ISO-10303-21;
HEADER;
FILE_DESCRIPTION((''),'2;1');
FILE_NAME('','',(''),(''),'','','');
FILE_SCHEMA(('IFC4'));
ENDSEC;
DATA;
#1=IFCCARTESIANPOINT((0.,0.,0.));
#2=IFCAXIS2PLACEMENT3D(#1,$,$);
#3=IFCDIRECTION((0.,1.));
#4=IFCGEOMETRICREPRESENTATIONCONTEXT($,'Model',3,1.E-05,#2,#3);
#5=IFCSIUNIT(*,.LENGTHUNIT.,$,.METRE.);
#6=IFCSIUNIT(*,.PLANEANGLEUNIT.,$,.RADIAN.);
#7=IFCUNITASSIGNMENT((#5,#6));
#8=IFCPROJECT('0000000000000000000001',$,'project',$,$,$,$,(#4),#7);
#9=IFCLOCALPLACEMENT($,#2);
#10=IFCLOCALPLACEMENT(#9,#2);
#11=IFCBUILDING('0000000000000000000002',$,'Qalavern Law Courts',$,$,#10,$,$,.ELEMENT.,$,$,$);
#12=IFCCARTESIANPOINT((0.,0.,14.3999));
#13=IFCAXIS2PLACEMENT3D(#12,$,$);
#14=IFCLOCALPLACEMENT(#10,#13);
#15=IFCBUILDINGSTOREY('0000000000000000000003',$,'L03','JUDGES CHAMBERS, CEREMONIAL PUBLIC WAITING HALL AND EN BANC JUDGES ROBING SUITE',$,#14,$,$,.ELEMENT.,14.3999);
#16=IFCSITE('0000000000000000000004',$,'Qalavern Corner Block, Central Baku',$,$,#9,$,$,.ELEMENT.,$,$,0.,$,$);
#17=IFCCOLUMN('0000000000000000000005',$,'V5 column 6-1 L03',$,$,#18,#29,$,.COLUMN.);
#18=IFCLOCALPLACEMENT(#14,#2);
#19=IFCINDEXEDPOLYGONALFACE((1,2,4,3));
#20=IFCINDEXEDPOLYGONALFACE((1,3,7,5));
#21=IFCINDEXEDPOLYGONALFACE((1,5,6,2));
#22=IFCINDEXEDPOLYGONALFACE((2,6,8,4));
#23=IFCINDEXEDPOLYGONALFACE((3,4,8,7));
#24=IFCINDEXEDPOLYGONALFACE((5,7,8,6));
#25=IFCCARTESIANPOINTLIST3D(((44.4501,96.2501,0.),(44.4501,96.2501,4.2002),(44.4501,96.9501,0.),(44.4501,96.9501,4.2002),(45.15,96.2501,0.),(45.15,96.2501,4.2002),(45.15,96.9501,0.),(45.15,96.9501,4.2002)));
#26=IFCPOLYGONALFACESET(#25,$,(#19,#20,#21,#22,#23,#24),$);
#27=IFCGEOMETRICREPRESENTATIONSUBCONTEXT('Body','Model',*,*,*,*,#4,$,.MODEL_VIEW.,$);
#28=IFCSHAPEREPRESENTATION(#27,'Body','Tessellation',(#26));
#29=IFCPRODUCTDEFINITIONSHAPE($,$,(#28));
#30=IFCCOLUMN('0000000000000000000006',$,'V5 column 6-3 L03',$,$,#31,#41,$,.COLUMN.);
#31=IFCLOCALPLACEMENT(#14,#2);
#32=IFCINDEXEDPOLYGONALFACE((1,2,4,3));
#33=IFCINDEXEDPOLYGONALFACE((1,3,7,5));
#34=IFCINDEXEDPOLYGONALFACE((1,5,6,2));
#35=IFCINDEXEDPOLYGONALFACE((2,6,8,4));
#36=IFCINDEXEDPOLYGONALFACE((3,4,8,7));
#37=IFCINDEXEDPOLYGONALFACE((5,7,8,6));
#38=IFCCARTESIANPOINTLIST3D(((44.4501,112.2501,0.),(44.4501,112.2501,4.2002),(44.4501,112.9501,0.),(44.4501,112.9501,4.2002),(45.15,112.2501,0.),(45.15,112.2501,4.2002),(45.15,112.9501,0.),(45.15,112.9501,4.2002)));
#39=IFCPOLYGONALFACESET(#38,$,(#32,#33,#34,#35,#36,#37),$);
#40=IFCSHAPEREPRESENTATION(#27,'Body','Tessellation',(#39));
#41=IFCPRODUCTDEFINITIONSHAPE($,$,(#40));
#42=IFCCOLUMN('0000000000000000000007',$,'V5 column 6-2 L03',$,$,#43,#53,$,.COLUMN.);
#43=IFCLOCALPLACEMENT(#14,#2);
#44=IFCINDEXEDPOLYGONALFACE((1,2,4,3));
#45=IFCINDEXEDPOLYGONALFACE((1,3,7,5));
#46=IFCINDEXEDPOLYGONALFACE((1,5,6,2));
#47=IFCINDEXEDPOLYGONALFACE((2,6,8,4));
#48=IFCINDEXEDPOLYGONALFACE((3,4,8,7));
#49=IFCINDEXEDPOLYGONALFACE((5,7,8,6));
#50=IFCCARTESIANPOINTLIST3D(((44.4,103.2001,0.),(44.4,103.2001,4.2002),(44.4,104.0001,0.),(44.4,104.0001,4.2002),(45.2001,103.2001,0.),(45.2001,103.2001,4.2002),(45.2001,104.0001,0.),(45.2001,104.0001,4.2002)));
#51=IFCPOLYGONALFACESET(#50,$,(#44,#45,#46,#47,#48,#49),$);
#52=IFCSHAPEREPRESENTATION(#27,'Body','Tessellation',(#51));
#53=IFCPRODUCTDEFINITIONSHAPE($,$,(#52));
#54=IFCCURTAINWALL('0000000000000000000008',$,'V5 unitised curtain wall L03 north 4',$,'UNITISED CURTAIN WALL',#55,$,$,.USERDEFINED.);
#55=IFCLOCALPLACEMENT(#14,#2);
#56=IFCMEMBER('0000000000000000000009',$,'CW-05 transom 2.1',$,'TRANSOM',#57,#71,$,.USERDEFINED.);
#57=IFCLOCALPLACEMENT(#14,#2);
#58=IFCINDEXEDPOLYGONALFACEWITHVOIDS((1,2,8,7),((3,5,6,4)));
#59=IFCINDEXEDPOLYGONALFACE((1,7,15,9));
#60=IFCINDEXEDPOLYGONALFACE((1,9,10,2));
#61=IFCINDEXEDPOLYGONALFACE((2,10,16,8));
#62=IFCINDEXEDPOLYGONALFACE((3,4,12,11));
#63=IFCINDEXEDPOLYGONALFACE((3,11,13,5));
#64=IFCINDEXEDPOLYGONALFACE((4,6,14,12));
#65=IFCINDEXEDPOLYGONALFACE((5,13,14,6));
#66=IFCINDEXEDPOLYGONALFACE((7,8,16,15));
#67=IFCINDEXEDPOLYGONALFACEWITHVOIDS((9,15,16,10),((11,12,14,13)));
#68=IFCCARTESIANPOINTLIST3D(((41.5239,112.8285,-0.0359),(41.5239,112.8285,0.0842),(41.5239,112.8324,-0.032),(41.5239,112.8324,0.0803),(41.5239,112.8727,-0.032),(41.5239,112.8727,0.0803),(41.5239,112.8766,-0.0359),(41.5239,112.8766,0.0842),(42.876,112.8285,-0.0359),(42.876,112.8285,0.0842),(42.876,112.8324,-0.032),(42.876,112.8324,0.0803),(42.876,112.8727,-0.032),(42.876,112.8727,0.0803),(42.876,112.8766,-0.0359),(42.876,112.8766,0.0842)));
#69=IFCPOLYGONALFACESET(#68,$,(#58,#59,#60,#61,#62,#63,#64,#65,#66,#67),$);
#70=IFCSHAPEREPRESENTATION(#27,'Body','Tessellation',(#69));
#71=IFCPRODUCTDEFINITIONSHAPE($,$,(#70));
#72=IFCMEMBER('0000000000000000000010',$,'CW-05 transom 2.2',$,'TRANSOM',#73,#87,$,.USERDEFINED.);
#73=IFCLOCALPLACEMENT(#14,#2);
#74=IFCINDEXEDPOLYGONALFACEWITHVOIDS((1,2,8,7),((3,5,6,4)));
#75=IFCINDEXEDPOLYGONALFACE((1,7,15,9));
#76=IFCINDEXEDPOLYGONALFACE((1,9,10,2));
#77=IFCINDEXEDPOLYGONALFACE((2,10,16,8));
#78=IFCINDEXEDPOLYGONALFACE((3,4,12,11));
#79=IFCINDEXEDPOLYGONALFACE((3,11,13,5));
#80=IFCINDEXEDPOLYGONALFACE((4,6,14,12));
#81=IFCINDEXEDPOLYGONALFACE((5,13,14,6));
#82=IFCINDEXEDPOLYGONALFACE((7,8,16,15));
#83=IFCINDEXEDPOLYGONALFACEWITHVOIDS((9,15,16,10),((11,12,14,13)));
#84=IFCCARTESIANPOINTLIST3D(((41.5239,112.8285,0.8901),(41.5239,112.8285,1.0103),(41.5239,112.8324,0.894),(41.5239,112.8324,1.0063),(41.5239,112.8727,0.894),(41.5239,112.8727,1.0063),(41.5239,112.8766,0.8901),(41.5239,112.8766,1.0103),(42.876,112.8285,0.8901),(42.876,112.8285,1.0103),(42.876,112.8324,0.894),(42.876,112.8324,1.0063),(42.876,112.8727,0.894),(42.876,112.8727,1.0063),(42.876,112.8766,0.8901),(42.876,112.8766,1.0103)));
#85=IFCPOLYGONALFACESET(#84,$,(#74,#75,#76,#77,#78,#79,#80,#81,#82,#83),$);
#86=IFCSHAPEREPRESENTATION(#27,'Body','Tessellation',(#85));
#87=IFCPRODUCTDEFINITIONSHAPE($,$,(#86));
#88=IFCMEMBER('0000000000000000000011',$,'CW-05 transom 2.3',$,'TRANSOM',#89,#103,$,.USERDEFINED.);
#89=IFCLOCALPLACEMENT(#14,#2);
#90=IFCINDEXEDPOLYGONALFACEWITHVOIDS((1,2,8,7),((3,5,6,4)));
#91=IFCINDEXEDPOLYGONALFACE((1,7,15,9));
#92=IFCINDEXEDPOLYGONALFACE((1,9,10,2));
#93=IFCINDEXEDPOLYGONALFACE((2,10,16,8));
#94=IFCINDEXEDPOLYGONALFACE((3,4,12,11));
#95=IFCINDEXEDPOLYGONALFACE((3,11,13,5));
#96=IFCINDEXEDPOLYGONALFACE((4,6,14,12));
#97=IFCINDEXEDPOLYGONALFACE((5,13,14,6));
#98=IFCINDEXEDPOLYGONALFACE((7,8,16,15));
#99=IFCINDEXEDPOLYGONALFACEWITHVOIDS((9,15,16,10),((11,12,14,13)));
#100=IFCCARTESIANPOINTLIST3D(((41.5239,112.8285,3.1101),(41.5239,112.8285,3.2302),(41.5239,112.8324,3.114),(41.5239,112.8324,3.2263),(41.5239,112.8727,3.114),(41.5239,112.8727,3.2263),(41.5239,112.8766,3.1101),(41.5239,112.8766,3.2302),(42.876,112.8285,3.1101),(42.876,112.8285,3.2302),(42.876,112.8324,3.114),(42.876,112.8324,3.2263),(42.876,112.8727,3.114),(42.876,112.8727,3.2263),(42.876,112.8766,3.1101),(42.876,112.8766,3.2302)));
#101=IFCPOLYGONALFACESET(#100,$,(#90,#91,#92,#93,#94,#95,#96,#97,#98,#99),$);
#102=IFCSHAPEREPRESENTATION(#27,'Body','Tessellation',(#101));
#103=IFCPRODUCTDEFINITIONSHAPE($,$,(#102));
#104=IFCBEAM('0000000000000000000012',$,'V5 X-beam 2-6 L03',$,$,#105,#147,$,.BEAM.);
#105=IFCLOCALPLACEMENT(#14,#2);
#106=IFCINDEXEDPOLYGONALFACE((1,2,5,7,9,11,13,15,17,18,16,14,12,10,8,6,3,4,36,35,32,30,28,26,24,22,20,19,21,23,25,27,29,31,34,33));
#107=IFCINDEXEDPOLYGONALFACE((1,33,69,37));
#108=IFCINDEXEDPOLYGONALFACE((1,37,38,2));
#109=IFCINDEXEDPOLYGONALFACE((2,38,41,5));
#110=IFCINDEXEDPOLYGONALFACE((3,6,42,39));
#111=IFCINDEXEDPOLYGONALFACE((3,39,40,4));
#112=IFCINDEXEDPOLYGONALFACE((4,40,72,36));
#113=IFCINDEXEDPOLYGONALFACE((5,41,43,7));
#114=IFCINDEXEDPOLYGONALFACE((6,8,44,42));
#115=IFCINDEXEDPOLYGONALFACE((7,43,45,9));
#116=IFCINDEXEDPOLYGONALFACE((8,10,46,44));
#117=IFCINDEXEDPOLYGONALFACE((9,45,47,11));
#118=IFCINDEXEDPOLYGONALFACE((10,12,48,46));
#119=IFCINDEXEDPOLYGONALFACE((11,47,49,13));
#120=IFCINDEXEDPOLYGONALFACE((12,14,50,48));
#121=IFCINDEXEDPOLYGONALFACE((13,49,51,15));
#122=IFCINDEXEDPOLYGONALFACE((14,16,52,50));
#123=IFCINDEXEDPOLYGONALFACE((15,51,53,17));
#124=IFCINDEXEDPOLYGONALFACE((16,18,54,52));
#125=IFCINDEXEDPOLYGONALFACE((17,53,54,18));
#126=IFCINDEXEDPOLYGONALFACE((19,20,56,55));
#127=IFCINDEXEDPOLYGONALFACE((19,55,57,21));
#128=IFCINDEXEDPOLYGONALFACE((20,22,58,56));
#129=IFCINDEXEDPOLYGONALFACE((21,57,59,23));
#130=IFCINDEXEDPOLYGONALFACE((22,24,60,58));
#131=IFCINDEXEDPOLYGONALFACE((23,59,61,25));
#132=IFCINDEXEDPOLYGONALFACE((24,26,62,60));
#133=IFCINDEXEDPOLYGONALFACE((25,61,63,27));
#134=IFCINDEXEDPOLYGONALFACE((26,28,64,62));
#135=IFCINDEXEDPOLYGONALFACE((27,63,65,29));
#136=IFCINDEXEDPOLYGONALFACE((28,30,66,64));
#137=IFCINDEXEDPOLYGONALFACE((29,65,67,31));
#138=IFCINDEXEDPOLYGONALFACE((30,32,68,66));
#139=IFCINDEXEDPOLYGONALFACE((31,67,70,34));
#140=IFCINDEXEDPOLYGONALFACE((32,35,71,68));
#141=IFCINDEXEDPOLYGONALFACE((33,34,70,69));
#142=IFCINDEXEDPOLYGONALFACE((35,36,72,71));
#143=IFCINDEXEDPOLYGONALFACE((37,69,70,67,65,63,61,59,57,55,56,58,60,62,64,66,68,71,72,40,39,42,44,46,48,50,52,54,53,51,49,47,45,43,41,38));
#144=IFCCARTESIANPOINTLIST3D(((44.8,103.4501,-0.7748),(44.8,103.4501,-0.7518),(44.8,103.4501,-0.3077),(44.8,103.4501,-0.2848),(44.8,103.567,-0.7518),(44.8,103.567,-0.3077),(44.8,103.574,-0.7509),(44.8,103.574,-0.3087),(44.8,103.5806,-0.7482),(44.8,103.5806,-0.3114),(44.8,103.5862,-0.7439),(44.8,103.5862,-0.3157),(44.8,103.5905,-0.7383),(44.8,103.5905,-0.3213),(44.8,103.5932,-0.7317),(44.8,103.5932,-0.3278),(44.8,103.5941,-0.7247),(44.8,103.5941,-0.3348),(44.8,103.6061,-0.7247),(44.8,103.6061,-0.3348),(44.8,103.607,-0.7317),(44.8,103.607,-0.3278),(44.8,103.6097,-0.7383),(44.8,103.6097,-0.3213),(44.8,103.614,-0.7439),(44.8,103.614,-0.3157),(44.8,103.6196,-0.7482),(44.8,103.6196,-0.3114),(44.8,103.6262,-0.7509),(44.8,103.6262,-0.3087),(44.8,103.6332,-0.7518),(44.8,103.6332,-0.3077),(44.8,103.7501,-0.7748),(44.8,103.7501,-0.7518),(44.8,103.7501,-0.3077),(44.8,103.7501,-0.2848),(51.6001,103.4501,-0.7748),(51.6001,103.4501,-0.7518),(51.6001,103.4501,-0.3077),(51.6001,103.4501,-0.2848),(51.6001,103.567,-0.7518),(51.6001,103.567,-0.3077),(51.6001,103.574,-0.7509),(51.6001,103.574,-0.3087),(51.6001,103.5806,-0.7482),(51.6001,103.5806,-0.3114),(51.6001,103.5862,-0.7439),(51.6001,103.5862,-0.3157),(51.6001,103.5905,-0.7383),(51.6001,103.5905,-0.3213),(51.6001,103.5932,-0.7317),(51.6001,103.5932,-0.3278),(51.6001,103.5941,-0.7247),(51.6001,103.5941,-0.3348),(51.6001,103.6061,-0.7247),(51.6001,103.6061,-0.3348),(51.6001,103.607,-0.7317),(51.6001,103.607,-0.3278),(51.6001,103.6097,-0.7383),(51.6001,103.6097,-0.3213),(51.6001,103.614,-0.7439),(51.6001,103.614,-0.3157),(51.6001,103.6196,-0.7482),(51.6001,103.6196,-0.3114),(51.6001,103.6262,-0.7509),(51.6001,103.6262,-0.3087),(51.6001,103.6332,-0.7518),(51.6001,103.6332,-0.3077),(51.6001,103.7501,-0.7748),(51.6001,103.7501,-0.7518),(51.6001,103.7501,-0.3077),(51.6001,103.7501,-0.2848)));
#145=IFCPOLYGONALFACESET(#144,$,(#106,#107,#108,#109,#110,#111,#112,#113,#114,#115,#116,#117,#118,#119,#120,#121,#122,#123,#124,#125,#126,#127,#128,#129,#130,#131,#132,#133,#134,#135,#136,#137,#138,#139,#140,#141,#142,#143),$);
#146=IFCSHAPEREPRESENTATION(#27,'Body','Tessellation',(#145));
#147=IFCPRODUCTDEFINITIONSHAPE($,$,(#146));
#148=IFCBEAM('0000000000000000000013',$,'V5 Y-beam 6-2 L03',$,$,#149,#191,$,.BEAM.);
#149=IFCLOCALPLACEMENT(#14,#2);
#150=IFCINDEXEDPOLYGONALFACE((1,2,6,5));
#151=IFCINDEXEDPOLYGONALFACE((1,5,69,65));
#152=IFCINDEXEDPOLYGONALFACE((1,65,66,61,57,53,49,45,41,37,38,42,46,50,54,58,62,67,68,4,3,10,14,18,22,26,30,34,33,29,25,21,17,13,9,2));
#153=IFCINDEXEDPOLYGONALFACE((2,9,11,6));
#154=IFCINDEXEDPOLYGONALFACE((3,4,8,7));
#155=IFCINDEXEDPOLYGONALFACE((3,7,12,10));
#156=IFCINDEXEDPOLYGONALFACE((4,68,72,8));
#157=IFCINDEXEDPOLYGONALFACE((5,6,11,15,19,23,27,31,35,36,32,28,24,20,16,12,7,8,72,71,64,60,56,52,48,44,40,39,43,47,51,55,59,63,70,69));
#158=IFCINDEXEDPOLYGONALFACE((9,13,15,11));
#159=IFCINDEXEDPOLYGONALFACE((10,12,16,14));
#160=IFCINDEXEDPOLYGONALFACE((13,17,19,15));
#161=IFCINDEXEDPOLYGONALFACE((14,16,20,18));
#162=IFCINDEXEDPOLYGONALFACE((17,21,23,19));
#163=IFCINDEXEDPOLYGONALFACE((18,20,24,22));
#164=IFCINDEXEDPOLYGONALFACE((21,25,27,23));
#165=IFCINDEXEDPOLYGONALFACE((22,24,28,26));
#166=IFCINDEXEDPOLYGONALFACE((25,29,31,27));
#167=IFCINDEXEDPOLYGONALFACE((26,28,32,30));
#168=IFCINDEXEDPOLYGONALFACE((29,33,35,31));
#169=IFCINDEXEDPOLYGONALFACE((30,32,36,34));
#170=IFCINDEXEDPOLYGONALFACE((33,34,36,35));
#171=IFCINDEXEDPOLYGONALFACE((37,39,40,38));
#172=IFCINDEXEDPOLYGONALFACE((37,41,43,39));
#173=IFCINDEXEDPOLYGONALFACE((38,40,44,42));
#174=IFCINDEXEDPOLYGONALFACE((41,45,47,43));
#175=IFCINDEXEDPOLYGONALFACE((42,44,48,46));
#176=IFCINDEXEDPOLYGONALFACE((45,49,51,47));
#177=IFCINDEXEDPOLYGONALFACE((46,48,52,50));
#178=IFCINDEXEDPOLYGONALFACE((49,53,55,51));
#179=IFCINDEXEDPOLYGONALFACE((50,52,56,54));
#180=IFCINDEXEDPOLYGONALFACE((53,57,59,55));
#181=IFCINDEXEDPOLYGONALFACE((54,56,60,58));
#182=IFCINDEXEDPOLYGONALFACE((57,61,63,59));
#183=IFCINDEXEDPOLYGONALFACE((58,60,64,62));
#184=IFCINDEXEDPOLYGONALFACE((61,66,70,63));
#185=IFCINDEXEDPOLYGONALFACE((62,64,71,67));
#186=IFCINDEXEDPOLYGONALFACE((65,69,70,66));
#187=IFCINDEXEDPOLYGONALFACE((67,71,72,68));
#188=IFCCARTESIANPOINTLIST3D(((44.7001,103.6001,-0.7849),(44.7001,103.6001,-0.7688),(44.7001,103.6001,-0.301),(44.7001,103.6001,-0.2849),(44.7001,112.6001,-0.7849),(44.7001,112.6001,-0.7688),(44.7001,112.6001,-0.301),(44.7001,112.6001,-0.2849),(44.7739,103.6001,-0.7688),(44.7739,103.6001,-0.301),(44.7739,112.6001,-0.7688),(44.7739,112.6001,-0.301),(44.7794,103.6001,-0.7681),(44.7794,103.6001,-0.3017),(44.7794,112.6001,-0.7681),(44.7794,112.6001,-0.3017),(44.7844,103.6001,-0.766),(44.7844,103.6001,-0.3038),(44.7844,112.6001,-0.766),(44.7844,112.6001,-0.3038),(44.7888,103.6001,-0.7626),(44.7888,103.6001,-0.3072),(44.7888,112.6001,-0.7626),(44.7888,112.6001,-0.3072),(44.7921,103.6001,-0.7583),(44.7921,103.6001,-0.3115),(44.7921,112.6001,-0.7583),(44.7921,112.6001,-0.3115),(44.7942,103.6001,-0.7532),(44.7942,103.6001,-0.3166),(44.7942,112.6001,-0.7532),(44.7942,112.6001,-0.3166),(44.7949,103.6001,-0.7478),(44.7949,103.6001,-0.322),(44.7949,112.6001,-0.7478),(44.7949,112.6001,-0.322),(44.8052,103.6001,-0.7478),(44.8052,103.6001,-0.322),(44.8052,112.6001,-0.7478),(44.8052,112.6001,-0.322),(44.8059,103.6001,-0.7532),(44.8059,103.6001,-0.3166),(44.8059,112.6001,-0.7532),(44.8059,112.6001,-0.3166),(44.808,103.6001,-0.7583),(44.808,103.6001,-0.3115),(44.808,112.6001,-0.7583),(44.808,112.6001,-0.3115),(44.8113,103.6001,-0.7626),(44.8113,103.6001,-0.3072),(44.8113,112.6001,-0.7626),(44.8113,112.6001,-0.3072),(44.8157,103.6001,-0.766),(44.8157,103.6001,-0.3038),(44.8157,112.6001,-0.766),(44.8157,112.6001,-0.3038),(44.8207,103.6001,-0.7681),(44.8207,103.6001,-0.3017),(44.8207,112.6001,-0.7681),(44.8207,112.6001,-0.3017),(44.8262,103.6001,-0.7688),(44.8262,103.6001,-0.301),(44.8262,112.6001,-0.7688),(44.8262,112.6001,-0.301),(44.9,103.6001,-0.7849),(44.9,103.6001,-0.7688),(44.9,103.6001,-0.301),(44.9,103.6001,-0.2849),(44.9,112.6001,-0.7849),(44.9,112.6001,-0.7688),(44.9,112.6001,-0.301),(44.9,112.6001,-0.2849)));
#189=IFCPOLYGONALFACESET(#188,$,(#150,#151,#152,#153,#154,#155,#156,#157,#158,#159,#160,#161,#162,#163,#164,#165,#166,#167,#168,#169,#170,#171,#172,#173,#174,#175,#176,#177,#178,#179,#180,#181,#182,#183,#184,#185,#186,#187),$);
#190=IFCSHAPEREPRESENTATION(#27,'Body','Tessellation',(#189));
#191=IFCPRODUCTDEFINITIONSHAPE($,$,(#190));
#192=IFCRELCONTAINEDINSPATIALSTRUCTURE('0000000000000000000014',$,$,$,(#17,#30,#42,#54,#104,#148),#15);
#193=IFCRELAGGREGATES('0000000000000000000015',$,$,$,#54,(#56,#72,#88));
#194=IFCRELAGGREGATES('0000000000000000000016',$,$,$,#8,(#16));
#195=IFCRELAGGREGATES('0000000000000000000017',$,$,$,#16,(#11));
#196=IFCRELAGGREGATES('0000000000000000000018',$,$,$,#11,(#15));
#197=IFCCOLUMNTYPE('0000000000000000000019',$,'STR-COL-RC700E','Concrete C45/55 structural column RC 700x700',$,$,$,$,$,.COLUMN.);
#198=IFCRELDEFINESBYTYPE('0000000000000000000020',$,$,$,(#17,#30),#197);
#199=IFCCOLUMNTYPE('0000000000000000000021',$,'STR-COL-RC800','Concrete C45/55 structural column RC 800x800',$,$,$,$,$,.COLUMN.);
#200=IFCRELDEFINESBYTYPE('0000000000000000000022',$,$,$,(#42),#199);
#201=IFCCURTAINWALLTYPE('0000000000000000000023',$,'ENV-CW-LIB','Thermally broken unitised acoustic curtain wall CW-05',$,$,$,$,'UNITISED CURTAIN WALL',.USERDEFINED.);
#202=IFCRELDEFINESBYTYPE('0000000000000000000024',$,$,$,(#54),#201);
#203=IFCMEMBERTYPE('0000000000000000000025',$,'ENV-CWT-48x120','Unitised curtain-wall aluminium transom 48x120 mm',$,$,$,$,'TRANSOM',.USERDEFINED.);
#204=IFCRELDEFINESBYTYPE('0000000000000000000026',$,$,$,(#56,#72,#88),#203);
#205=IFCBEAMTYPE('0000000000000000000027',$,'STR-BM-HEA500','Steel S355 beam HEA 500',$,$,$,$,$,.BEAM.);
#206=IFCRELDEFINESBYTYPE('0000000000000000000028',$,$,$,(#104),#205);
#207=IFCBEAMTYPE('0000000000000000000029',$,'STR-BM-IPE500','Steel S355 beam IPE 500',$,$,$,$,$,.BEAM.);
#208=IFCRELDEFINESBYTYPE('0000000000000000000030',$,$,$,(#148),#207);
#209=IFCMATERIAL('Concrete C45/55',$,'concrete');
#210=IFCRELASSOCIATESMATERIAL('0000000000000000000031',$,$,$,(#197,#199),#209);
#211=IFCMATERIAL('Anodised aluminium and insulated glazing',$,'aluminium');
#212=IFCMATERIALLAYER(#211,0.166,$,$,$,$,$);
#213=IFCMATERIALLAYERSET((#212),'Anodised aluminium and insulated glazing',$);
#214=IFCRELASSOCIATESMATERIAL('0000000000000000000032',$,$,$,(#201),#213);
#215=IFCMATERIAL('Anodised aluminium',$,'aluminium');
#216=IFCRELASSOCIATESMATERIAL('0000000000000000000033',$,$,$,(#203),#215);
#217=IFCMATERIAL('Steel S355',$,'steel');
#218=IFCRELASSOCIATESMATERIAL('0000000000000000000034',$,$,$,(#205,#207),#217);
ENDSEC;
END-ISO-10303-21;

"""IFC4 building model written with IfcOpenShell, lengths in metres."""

from ifc_helpers import new_model, si_unit, direction, frame, origin, origin_2d, place, context, subcontext, project, spatial, rectangle, hollow_rectangle, i_section, extrude, material, layer, layer_set, material_profile, profile_set, type_object, element, aggregate, save


model = new_model("IFC4")

# Units and contexts
model_context = context("Model", 3, precision=1e-05, world=origin(), true_north=direction((0.0, 1.0)))
body_context = subcontext(model_context, "Body", "Model", "MODEL_VIEW")
ifc_project = project(units=[si_unit("LENGTHUNIT", "METRE"), si_unit("PLANEANGLEUNIT", "RADIAN")], contexts=[model_context])

# Site, building, storey
site_placement = place(None, origin())
site = spatial("IfcSite", under=ifc_project, at=site_placement, Name="Qalavern Corner Block, Central Baku", CompositionType="ELEMENT", RefElevation=0.0)
building_placement = place(site_placement, origin())
building = spatial("IfcBuilding", under=site, at=building_placement, Name="Qalavern Law Courts", CompositionType="ELEMENT")
storey_placement = place(building_placement, frame((0.0, 0.0, 14.3999)))
storey = spatial("IfcBuildingStorey", under=building, at=storey_placement, Name="L03", Description="JUDGES CHAMBERS, CEREMONIAL PUBLIC WAITING HALL AND EN BANC JUDGES ROBING SUITE", CompositionType="ELEMENT", Elevation=14.3999)

# Columns
ifc_material_1 = material(Name="Concrete C45/55", Category="concrete")
ifc_material_profile_1 = material_profile(ifc_material_1, rectangle(XDim=0.7, YDim=0.7, at=origin_2d()), Name="RC 700x700")
ifc_profile_set_1 = profile_set([ifc_material_profile_1], Name="Concrete C45/55")
column_type_1 = type_object("IfcColumnType", Name="STR-COL-RC700E", Description="Concrete C45/55 structural column RC 700x700", PredefinedType="COLUMN", material=ifc_profile_set_1)
for number, where, z_axis, x_axis, name in (
    (1, (44.8, 96.6001, 0.0), (0.0, 0.0, 1.0), (1.0, 0.0, 0.0), "V5 column 6-1 L03"),
    (2, (44.8, 112.6001, 0.0), (0.0, 0.0, 1.0), (1.0, 0.0, 0.0), "V5 column 6-3 L03"),
):
    element("IfcColumn", number, at=place(storey_placement, frame(where, z_axis=z_axis, x_axis=x_axis)), inside=storey, type_object=column_type_1, Name=name, PredefinedType="COLUMN", context=body_context, shape_type="SweptSolid", body=[
        extrude(rectangle(XDim=0.7, YDim=0.7, at=origin_2d()), origin(), (0.0, 0.0, 1.0), 4.2002),
    ])
ifc_material_profile_2 = material_profile(ifc_material_1, rectangle(XDim=0.8, YDim=0.8, at=origin_2d()), Name="RC 800x800")
ifc_profile_set_2 = profile_set([ifc_material_profile_2], Name="Concrete C45/55")
column_type_2 = type_object("IfcColumnType", Name="STR-COL-RC800", Description="Concrete C45/55 structural column RC 800x800", PredefinedType="COLUMN", material=ifc_profile_set_2)
column_placement = place(storey_placement, frame((44.8, 103.6001, 0.0), z_axis=(0.0, 0.0, 1.0), x_axis=(1.0, 0.0, 0.0)))
element("IfcColumn", 3, at=column_placement, inside=storey, type_object=column_type_2, Name="V5 column 6-2 L03", PredefinedType="COLUMN", context=body_context, shape_type="SweptSolid", body=[
    extrude(rectangle(XDim=0.8, YDim=0.8, at=origin_2d()), origin(), (0.0, 0.0, 1.0), 4.2002),
])

# Curtain wall, members
ifc_material_2 = material(Name="Anodised aluminium and insulated glazing", Category="aluminium")
ifc_layer_1 = layer(ifc_material_2, 0.166)
ifc_layer_set_1 = layer_set([ifc_layer_1], Name="Anodised aluminium and insulated glazing")
curtain_wall_type = type_object("IfcCurtainWallType", Name="ENV-CW-LIB", Description="Thermally broken unitised acoustic curtain wall CW-05", ElementType="UNITISED CURTAIN WALL", PredefinedType="USERDEFINED", material=ifc_layer_set_1)
curtain_wall_placement = place(storey_placement, origin())
curtain_wall = element("IfcCurtainWall", 4, at=curtain_wall_placement, inside=storey, type_object=curtain_wall_type, Name="V5 unitised curtain wall L03 north 4", ObjectType="UNITISED CURTAIN WALL", PredefinedType="USERDEFINED")
ifc_material_3 = material(Name="Anodised aluminium", Category="aluminium")
ifc_material_profile_3 = material_profile(ifc_material_3, hollow_rectangle(XDim=0.0481, YDim=0.1201, WallThickness=0.0039, at=origin_2d()), Name="ALU TRANSOM 48x120")
ifc_profile_set_3 = profile_set([ifc_material_profile_3], Name="Anodised aluminium")
member_type = type_object("IfcMemberType", Name="ENV-CWT-48x120", Description="Unitised curtain-wall aluminium transom 48x120 mm", ElementType="TRANSOM", PredefinedType="USERDEFINED", material=ifc_profile_set_3)
member_1_placement = place(storey_placement, frame((42.876, 112.8525, 0.0242), z_axis=(-1.0, 0.0, 0.0), x_axis=(0.0, -1.0, 0.0)))
member_1 = element("IfcMember", 5, at=member_1_placement, type_object=member_type, Name="CW-05 transom 2.1", ObjectType="TRANSOM", PredefinedType="USERDEFINED", context=body_context, shape_type="SweptSolid", body=[
    extrude(hollow_rectangle(XDim=0.0481, YDim=0.1201, WallThickness=0.0039, at=origin_2d()), origin(), (0.0, 0.0, 1.0), 1.3521),
])
member_2_placement = place(storey_placement, frame((42.876, 112.8525, 0.9502), z_axis=(-1.0, 0.0, 0.0), x_axis=(0.0, -1.0, 0.0)))
member_2 = element("IfcMember", 6, at=member_2_placement, type_object=member_type, Name="CW-05 transom 2.2", ObjectType="TRANSOM", PredefinedType="USERDEFINED", context=body_context, shape_type="SweptSolid", body=[
    extrude(hollow_rectangle(XDim=0.0481, YDim=0.1201, WallThickness=0.0039, at=origin_2d()), origin(), (0.0, 0.0, 1.0), 1.3521),
])
member_3_placement = place(storey_placement, frame((42.876, 112.8525, 3.1702), z_axis=(-1.0, 0.0, 0.0), x_axis=(0.0, -1.0, 0.0)))
member_3 = element("IfcMember", 7, at=member_3_placement, type_object=member_type, Name="CW-05 transom 2.3", ObjectType="TRANSOM", PredefinedType="USERDEFINED", context=body_context, shape_type="SweptSolid", body=[
    extrude(hollow_rectangle(XDim=0.0481, YDim=0.1201, WallThickness=0.0039, at=origin_2d()), origin(), (0.0, 0.0, 1.0), 1.3521),
])
aggregate(curtain_wall, [member_1, member_2, member_3])

# Beams
ifc_material_4 = material(Name="Steel S355", Category="steel")
ifc_material_profile_4 = material_profile(ifc_material_4, i_section(OverallWidth=0.3, OverallDepth=0.49, WebThickness=0.012, FlangeThickness=0.0229, FilletRadius=0.0271, at=origin_2d()), Name="HEA 500")
ifc_profile_set_4 = profile_set([ifc_material_profile_4], Name="Steel S355")
beam_type_1 = type_object("IfcBeamType", Name="STR-BM-HEA500", Description="Steel S355 beam HEA 500", PredefinedType="BEAM", material=ifc_profile_set_4)
beam_1_placement = place(storey_placement, frame((44.8, 103.6001, -0.5298), z_axis=(1.0, 0.0, 0.0), x_axis=(0.0, 1.0, 0.0)))
element("IfcBeam", 8, at=beam_1_placement, inside=storey, type_object=beam_type_1, Name="V5 X-beam 2-6 L03", PredefinedType="BEAM", context=body_context, shape_type="SweptSolid", body=[
    extrude(i_section(OverallWidth=0.3, OverallDepth=0.49, WebThickness=0.012, FlangeThickness=0.0229, FilletRadius=0.0271, at=origin_2d()), origin(), (0.0, 0.0, 1.0), 6.8),
])
ifc_material_profile_5 = material_profile(ifc_material_4, i_section(OverallWidth=0.2, OverallDepth=0.5, WebThickness=0.0103, FlangeThickness=0.0161, FilletRadius=0.021, at=origin_2d()), Name="IPE 500")
ifc_profile_set_5 = profile_set([ifc_material_profile_5], Name="Steel S355")
beam_type_2 = type_object("IfcBeamType", Name="STR-BM-IPE500", Description="Steel S355 beam IPE 500", PredefinedType="BEAM", material=ifc_profile_set_5)
beam_2_placement = place(storey_placement, frame((44.8, 103.6001, -0.5349), z_axis=(0.0, 1.0, 0.0), x_axis=(-1.0, 0.0, 0.0)))
element("IfcBeam", 9, at=beam_2_placement, inside=storey, type_object=beam_type_2, Name="V5 Y-beam 6-2 L03", PredefinedType="BEAM", context=body_context, shape_type="SweptSolid", body=[
    extrude(i_section(OverallWidth=0.2, OverallDepth=0.5, WebThickness=0.0103, FlangeThickness=0.0161, FilletRadius=0.021, at=origin_2d()), origin(), (0.0, 0.0, 1.0), 9.0),
])

save(model, "model.ifc")
